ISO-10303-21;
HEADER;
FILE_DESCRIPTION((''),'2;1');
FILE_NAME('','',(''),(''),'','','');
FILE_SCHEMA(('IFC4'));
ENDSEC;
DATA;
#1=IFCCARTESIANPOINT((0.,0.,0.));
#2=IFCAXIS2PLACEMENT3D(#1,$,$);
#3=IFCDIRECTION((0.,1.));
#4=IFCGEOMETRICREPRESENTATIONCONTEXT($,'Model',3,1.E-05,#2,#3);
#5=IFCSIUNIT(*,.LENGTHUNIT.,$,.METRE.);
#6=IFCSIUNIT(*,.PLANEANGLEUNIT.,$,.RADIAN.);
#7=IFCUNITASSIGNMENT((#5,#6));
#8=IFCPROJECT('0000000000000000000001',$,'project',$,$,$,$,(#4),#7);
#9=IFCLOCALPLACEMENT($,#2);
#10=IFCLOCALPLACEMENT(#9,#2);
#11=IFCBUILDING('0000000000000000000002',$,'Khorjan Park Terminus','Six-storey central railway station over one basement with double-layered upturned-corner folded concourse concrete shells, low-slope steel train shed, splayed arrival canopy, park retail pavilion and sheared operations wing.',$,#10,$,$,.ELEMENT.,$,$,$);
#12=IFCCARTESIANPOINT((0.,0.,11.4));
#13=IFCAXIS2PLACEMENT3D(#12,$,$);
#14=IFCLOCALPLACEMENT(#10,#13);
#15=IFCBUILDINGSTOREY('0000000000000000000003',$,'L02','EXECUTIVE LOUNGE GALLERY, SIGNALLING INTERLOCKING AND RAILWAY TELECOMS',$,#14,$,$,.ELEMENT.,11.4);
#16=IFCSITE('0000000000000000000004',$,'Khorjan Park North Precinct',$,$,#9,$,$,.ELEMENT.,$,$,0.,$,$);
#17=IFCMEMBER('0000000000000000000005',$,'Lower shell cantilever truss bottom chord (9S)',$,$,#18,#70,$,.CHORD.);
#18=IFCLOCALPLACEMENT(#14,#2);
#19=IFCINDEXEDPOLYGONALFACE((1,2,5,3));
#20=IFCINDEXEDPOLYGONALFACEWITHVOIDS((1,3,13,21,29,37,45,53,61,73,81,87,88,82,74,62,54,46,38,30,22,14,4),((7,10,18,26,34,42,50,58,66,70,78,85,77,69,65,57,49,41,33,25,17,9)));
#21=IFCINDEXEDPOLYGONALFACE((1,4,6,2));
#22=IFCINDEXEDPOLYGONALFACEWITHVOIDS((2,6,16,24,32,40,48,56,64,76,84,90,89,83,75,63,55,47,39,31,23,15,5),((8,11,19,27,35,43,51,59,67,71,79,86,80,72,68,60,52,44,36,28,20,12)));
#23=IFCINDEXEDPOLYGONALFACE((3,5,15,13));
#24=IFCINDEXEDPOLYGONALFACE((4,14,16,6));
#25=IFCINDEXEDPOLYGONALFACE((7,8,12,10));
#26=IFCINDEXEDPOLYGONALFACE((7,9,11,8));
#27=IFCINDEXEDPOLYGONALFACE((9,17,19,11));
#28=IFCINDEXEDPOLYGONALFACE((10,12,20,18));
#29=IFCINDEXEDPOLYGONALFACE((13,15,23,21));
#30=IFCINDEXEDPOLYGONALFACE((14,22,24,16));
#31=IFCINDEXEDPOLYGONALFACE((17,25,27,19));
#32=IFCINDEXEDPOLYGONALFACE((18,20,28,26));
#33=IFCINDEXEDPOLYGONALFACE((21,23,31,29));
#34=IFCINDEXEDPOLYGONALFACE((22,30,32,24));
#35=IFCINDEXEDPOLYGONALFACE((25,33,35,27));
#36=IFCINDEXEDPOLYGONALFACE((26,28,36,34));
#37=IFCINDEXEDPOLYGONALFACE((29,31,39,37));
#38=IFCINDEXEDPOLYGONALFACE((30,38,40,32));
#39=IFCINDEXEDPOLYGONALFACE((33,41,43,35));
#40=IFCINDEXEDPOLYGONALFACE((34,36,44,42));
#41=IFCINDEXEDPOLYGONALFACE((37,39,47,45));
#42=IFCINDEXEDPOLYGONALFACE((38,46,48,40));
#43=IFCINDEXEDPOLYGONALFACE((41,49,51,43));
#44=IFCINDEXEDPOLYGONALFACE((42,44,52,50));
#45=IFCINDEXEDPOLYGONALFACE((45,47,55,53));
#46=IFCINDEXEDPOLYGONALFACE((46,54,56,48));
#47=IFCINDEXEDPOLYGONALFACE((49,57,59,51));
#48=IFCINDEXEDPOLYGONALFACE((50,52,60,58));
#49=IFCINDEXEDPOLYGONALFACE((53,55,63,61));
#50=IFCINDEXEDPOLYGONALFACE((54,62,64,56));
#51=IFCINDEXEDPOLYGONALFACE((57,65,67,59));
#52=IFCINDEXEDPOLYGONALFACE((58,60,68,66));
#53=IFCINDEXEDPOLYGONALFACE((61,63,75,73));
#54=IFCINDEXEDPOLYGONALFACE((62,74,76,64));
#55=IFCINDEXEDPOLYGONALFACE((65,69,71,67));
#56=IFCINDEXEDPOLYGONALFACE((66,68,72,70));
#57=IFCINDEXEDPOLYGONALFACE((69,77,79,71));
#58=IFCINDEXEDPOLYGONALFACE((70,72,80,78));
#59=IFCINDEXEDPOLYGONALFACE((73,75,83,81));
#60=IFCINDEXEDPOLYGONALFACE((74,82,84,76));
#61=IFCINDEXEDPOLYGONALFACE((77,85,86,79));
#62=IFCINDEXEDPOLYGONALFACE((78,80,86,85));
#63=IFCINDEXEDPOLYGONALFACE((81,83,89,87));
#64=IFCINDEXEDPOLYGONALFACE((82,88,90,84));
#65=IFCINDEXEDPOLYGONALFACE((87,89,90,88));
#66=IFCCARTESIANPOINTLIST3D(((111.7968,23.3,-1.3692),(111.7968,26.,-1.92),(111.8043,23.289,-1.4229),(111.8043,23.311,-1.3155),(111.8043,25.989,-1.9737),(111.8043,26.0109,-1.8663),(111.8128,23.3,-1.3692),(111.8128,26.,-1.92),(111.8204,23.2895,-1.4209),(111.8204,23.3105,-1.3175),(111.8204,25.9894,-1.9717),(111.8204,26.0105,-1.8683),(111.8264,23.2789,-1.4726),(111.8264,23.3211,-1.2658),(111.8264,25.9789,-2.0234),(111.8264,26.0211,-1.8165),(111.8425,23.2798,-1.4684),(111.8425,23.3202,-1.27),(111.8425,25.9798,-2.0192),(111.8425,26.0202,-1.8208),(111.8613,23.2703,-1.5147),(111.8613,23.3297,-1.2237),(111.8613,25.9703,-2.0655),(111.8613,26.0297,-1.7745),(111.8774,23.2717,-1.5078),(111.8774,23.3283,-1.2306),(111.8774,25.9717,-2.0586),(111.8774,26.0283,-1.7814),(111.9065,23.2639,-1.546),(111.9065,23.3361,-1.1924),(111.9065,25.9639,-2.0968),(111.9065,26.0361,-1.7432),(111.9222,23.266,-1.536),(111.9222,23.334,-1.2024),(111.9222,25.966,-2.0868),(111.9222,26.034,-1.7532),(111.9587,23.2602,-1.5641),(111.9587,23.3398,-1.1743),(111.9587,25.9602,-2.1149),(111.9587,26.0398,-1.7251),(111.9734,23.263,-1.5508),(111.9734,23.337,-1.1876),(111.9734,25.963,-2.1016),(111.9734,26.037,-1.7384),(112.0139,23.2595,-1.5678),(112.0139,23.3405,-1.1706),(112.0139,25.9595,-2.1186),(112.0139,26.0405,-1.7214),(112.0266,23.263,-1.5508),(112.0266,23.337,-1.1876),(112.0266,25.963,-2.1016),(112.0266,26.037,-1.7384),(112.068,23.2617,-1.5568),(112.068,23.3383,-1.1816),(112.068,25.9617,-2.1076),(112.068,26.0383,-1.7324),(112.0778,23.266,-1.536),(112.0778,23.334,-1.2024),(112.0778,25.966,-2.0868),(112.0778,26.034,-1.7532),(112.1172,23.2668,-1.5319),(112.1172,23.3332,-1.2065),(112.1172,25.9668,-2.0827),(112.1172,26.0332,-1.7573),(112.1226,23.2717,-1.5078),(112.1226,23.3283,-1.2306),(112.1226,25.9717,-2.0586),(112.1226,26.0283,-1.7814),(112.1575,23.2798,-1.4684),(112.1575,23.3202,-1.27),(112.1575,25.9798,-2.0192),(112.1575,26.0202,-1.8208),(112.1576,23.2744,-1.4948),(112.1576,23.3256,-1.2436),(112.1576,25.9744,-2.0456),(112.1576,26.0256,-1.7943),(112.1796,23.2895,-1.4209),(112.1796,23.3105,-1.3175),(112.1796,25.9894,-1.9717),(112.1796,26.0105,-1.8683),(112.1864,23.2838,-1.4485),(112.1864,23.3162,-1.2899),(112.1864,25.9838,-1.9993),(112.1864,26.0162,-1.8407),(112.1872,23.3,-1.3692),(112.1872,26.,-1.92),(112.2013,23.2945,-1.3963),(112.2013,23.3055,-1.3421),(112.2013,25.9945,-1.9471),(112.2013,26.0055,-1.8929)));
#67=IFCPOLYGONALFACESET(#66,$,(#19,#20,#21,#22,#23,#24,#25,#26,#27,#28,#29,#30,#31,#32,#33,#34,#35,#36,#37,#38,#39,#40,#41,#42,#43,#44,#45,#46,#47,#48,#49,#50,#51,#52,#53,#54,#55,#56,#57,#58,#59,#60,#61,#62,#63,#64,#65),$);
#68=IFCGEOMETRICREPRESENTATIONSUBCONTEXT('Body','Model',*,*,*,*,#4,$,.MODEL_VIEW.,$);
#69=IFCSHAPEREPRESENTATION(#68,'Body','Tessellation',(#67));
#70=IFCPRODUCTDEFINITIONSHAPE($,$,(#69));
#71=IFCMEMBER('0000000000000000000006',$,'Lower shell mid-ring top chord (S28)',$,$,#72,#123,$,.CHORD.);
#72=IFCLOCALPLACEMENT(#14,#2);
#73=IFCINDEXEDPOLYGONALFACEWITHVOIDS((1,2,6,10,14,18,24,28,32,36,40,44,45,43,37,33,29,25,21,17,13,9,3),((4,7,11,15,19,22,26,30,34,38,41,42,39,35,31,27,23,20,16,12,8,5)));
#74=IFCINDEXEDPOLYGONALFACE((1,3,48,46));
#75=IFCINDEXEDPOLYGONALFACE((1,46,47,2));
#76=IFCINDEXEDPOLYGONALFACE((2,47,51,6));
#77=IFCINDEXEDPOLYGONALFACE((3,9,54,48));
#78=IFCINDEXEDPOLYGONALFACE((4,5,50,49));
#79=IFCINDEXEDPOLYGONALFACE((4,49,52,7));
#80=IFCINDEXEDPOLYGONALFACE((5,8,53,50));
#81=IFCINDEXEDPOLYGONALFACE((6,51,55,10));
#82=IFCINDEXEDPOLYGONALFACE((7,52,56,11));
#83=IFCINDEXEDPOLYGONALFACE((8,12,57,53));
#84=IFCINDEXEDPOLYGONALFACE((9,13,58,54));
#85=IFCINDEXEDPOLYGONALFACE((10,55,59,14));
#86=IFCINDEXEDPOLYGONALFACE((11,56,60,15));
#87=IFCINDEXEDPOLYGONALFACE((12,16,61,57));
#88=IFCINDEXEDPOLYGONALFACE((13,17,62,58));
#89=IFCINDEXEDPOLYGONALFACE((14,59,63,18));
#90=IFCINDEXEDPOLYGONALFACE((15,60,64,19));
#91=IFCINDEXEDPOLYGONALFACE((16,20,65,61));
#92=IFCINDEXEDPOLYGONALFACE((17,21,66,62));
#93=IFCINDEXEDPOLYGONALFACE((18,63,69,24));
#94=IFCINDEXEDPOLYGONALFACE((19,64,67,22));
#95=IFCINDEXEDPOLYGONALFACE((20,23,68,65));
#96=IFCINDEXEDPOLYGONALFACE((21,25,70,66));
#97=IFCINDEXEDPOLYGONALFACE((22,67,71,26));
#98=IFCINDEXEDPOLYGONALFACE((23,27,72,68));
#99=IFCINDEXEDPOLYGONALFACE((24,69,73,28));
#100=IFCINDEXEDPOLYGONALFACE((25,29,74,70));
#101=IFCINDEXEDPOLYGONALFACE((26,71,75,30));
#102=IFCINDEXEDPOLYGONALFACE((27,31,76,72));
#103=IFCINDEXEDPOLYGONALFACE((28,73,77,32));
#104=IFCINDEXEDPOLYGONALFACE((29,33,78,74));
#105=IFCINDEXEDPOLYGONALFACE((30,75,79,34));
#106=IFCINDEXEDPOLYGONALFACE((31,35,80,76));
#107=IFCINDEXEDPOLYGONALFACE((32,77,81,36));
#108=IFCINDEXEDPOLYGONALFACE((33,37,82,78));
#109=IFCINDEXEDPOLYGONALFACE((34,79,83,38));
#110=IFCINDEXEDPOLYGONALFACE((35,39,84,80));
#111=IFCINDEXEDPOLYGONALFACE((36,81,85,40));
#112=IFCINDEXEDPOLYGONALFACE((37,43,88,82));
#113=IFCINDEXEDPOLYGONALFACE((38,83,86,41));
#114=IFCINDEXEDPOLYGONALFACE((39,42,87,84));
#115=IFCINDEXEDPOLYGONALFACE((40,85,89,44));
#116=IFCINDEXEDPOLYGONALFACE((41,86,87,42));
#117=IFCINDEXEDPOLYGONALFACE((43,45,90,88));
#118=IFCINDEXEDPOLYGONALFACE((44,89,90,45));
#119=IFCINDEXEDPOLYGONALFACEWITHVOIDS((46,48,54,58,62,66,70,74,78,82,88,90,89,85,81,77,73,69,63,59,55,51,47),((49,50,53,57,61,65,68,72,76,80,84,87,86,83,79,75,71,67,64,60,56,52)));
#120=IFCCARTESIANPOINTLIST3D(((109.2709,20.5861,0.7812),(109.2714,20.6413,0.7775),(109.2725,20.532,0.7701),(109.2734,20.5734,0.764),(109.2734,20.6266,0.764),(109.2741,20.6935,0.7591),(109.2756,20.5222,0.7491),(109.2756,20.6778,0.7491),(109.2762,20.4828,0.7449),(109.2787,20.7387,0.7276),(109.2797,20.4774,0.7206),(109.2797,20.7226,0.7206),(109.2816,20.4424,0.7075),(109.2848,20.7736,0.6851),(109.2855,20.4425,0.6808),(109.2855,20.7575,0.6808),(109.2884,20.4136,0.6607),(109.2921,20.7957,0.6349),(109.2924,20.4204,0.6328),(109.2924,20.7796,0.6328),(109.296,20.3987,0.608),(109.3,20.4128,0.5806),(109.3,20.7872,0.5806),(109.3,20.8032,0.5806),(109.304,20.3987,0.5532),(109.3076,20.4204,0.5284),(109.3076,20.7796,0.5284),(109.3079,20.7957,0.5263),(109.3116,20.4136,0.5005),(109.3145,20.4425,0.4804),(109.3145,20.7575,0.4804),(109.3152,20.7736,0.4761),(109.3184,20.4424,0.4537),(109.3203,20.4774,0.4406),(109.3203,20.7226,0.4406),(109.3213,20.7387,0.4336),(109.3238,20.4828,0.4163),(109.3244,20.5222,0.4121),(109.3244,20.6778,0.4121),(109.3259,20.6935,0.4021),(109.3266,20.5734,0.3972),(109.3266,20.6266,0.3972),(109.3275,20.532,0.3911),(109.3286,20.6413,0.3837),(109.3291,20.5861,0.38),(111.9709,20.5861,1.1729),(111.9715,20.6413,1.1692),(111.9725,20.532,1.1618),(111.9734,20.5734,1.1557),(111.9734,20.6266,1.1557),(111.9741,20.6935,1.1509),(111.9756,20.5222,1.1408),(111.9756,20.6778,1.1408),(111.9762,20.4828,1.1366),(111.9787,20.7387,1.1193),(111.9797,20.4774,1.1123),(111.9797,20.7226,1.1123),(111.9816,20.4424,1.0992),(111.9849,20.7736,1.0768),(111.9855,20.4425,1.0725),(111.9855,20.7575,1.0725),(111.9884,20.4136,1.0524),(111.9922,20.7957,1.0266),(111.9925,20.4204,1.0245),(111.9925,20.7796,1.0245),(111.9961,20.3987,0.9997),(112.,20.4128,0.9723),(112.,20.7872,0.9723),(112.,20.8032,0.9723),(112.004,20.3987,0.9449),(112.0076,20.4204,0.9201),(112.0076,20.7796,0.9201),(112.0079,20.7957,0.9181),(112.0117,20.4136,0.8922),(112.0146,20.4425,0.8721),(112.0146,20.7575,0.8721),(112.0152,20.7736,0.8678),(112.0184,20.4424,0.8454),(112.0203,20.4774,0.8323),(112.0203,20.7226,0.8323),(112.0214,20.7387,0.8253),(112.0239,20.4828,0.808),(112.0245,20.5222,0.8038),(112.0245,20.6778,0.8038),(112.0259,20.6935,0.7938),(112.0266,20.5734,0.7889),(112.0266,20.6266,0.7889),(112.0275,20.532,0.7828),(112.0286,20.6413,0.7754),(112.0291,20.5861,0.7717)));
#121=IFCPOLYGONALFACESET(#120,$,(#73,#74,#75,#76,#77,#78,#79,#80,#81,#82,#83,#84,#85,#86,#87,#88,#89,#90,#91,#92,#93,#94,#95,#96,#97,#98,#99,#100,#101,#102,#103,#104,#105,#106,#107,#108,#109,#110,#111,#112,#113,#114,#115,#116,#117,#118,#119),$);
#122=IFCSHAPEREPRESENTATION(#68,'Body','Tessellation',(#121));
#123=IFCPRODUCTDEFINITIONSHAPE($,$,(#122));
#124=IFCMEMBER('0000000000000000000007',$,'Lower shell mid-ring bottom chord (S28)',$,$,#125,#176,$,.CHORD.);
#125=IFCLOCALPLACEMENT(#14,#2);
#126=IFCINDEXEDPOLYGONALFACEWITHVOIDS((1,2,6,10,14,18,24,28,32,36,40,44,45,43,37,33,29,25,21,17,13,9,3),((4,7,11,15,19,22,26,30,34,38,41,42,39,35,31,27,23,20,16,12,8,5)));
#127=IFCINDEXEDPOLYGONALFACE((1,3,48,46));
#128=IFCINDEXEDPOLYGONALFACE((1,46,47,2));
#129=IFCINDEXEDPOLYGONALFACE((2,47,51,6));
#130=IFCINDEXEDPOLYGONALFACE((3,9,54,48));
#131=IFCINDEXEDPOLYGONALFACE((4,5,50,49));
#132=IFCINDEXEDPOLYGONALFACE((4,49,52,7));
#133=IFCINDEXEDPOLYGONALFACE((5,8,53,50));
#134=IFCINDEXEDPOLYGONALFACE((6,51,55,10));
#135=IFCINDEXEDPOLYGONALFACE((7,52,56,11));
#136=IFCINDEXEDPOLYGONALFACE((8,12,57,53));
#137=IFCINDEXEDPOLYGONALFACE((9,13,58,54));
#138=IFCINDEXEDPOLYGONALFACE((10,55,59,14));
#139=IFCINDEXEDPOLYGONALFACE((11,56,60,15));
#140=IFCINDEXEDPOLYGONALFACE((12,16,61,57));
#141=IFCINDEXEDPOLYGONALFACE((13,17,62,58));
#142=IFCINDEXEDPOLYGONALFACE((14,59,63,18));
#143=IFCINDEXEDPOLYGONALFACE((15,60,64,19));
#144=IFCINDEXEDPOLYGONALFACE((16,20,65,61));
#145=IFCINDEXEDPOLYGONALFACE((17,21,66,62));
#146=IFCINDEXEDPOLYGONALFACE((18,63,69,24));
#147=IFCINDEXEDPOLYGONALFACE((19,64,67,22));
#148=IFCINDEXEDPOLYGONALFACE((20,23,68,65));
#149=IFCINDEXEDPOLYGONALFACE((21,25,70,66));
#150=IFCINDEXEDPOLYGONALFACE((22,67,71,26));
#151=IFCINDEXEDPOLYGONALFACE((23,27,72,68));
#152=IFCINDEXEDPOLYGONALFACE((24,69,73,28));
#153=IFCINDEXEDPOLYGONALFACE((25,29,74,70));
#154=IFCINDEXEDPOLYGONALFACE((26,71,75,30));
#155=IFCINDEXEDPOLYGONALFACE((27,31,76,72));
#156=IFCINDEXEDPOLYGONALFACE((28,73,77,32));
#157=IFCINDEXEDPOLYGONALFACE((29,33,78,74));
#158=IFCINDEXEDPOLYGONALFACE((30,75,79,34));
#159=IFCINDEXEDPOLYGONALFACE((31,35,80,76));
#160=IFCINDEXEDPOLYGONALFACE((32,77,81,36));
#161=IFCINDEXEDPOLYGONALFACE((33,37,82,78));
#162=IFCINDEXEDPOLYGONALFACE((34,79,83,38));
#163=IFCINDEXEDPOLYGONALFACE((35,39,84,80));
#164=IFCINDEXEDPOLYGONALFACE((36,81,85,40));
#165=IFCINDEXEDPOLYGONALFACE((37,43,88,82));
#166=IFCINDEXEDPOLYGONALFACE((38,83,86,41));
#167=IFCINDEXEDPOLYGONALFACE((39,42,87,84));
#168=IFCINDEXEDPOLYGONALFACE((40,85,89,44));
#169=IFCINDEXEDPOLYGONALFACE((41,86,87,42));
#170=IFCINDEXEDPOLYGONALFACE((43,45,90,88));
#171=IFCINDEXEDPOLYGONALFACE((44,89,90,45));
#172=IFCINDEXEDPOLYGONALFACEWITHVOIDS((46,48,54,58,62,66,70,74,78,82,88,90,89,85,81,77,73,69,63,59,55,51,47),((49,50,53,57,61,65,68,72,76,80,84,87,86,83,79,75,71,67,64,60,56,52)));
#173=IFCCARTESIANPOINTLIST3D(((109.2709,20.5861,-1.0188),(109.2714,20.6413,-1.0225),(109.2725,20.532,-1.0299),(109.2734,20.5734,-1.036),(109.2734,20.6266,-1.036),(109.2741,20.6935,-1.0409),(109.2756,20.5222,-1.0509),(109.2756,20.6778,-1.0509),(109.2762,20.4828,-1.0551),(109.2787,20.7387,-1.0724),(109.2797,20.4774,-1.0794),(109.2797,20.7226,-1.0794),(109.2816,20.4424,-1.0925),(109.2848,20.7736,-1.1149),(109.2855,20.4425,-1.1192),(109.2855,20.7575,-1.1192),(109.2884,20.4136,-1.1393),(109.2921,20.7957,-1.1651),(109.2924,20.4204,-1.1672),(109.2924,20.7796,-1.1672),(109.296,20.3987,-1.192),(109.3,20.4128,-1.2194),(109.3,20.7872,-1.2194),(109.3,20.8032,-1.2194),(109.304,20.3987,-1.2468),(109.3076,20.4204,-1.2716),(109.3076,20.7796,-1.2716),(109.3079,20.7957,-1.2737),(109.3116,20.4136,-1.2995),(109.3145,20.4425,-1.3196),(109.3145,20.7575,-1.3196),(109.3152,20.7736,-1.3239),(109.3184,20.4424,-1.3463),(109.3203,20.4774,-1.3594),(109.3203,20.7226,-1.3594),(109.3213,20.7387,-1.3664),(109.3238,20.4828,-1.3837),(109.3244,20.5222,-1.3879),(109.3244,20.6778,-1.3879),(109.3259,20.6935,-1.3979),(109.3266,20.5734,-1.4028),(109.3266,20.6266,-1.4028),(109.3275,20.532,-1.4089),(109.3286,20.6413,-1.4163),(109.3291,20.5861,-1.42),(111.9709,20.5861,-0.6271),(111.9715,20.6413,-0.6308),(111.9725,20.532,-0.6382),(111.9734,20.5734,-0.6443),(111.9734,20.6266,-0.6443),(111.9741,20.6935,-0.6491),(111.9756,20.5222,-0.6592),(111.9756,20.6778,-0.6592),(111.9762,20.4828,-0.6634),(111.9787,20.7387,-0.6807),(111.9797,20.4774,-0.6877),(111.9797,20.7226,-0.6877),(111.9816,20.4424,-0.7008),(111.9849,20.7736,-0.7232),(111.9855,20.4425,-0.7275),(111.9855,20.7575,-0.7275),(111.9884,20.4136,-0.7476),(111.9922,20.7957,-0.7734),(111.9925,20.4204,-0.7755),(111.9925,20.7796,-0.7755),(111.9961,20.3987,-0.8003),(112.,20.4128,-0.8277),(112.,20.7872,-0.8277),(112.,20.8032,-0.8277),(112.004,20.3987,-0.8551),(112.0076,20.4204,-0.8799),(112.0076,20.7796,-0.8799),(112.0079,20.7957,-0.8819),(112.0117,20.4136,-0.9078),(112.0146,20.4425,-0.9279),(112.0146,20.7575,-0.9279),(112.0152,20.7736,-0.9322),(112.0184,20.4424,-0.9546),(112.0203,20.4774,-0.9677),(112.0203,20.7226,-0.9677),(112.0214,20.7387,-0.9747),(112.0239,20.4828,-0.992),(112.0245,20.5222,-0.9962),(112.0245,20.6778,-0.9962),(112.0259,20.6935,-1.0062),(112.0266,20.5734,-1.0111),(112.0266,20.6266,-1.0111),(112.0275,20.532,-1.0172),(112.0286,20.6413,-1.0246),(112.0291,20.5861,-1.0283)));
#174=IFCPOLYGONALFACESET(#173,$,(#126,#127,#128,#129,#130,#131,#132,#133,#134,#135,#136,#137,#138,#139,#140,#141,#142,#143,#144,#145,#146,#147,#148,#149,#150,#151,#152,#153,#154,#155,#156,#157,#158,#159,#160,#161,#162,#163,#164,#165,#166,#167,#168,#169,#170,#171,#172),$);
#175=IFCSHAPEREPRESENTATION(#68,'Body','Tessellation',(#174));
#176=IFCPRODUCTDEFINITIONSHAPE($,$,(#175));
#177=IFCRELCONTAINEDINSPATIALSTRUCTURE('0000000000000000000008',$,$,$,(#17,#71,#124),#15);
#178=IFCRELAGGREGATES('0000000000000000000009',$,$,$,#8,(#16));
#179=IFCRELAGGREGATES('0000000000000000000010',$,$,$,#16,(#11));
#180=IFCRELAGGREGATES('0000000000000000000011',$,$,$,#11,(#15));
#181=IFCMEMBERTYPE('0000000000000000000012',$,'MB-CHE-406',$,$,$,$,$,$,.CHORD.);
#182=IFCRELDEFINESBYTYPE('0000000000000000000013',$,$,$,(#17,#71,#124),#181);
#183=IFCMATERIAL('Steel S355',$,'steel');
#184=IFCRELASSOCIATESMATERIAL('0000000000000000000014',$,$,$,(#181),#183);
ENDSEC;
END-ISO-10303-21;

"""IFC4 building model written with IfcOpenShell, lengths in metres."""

from ifc_helpers import new_model, si_unit, direction, frame, origin, origin_2d, place, context, subcontext, project, spatial, hollow_circle, extrude, material, material_profile, profile_set, type_object, element, save


model = new_model("IFC4")

# Units and contexts
model_context = context("Model", 3, precision=1e-05, world=origin(), true_north=direction((0.0, 1.0)))
body_context = subcontext(model_context, "Body", "Model", "MODEL_VIEW")
ifc_project = project(units=[si_unit("LENGTHUNIT", "METRE"), si_unit("PLANEANGLEUNIT", "RADIAN")], contexts=[model_context])

# Site, building, storey
site_placement = place(None, origin())
site = spatial("IfcSite", under=ifc_project, at=site_placement, Name="Khorjan Park North Precinct", CompositionType="ELEMENT", RefElevation=0.0)
building_placement = place(site_placement, origin())
building = spatial("IfcBuilding", under=site, at=building_placement, Name="Khorjan Park Terminus", Description="Six-storey central railway station over one basement with double-layered upturned-corner folded concourse concrete shells, low-slope steel train shed, splayed arrival canopy, park retail pavilion and sheared operations wing.", CompositionType="ELEMENT")
storey_placement = place(building_placement, frame((0.0, 0.0, 11.4)))
storey = spatial("IfcBuildingStorey", under=building, at=storey_placement, Name="L02", Description="EXECUTIVE LOUNGE GALLERY, SIGNALLING INTERLOCKING AND RAILWAY TELECOMS", CompositionType="ELEMENT", Elevation=11.4)

# Members
ifc_material_1 = material(Name="Steel S355", Category="steel")
ifc_material_profile_1 = material_profile(ifc_material_1, hollow_circle(Radius=0.2032, WallThickness=0.016, at=origin_2d()), Name="CHS 406.4x16")
ifc_profile_set_1 = profile_set([ifc_material_profile_1], Name="Steel S355")
member_type_1 = type_object("IfcMemberType", Name="MB-CHE-406", PredefinedType="CHORD", material=ifc_profile_set_1)
member_1_placement = place(storey_placement, frame((112.0, 23.3, -1.3692), z_axis=(0.0, 0.97982, -0.199883), x_axis=(-1.0, 0.0, 0.0)))
element("IfcMember", 1, at=member_1_placement, inside=storey, type_object=member_type_1, Name="Lower shell cantilever truss bottom chord (9S)", PredefinedType="CHORD", context=body_context, shape_type="SweptSolid", body=[
    extrude(hollow_circle(Radius=0.2032, WallThickness=0.016, at=origin_2d()), origin(), (0.0, 0.0, 1.0), 2.7556),
])
for number, where, z_axis, x_axis, name in (
    (2, (109.3, 20.6, 0.5806), (0.98964, 0.0, 0.143571), (0.0, 1.0, 0.0), "Lower shell mid-ring top chord (S28)"),
    (3, (109.3, 20.6, -1.2194), (0.98964, 0.0, 0.143571), (0.0, 1.0, 0.0), "Lower shell mid-ring bottom chord (S28)"),
):
    element("IfcMember", number, at=place(storey_placement, frame(where, z_axis=z_axis, x_axis=x_axis)), inside=storey, type_object=member_type_1, Name=name, PredefinedType="CHORD", context=body_context, shape_type="SweptSolid", body=[
        extrude(hollow_circle(Radius=0.2032, WallThickness=0.016, at=origin_2d()), origin(), (0.0, 0.0, 1.0), 2.7283),
    ])

save(model, "model.ifc")
